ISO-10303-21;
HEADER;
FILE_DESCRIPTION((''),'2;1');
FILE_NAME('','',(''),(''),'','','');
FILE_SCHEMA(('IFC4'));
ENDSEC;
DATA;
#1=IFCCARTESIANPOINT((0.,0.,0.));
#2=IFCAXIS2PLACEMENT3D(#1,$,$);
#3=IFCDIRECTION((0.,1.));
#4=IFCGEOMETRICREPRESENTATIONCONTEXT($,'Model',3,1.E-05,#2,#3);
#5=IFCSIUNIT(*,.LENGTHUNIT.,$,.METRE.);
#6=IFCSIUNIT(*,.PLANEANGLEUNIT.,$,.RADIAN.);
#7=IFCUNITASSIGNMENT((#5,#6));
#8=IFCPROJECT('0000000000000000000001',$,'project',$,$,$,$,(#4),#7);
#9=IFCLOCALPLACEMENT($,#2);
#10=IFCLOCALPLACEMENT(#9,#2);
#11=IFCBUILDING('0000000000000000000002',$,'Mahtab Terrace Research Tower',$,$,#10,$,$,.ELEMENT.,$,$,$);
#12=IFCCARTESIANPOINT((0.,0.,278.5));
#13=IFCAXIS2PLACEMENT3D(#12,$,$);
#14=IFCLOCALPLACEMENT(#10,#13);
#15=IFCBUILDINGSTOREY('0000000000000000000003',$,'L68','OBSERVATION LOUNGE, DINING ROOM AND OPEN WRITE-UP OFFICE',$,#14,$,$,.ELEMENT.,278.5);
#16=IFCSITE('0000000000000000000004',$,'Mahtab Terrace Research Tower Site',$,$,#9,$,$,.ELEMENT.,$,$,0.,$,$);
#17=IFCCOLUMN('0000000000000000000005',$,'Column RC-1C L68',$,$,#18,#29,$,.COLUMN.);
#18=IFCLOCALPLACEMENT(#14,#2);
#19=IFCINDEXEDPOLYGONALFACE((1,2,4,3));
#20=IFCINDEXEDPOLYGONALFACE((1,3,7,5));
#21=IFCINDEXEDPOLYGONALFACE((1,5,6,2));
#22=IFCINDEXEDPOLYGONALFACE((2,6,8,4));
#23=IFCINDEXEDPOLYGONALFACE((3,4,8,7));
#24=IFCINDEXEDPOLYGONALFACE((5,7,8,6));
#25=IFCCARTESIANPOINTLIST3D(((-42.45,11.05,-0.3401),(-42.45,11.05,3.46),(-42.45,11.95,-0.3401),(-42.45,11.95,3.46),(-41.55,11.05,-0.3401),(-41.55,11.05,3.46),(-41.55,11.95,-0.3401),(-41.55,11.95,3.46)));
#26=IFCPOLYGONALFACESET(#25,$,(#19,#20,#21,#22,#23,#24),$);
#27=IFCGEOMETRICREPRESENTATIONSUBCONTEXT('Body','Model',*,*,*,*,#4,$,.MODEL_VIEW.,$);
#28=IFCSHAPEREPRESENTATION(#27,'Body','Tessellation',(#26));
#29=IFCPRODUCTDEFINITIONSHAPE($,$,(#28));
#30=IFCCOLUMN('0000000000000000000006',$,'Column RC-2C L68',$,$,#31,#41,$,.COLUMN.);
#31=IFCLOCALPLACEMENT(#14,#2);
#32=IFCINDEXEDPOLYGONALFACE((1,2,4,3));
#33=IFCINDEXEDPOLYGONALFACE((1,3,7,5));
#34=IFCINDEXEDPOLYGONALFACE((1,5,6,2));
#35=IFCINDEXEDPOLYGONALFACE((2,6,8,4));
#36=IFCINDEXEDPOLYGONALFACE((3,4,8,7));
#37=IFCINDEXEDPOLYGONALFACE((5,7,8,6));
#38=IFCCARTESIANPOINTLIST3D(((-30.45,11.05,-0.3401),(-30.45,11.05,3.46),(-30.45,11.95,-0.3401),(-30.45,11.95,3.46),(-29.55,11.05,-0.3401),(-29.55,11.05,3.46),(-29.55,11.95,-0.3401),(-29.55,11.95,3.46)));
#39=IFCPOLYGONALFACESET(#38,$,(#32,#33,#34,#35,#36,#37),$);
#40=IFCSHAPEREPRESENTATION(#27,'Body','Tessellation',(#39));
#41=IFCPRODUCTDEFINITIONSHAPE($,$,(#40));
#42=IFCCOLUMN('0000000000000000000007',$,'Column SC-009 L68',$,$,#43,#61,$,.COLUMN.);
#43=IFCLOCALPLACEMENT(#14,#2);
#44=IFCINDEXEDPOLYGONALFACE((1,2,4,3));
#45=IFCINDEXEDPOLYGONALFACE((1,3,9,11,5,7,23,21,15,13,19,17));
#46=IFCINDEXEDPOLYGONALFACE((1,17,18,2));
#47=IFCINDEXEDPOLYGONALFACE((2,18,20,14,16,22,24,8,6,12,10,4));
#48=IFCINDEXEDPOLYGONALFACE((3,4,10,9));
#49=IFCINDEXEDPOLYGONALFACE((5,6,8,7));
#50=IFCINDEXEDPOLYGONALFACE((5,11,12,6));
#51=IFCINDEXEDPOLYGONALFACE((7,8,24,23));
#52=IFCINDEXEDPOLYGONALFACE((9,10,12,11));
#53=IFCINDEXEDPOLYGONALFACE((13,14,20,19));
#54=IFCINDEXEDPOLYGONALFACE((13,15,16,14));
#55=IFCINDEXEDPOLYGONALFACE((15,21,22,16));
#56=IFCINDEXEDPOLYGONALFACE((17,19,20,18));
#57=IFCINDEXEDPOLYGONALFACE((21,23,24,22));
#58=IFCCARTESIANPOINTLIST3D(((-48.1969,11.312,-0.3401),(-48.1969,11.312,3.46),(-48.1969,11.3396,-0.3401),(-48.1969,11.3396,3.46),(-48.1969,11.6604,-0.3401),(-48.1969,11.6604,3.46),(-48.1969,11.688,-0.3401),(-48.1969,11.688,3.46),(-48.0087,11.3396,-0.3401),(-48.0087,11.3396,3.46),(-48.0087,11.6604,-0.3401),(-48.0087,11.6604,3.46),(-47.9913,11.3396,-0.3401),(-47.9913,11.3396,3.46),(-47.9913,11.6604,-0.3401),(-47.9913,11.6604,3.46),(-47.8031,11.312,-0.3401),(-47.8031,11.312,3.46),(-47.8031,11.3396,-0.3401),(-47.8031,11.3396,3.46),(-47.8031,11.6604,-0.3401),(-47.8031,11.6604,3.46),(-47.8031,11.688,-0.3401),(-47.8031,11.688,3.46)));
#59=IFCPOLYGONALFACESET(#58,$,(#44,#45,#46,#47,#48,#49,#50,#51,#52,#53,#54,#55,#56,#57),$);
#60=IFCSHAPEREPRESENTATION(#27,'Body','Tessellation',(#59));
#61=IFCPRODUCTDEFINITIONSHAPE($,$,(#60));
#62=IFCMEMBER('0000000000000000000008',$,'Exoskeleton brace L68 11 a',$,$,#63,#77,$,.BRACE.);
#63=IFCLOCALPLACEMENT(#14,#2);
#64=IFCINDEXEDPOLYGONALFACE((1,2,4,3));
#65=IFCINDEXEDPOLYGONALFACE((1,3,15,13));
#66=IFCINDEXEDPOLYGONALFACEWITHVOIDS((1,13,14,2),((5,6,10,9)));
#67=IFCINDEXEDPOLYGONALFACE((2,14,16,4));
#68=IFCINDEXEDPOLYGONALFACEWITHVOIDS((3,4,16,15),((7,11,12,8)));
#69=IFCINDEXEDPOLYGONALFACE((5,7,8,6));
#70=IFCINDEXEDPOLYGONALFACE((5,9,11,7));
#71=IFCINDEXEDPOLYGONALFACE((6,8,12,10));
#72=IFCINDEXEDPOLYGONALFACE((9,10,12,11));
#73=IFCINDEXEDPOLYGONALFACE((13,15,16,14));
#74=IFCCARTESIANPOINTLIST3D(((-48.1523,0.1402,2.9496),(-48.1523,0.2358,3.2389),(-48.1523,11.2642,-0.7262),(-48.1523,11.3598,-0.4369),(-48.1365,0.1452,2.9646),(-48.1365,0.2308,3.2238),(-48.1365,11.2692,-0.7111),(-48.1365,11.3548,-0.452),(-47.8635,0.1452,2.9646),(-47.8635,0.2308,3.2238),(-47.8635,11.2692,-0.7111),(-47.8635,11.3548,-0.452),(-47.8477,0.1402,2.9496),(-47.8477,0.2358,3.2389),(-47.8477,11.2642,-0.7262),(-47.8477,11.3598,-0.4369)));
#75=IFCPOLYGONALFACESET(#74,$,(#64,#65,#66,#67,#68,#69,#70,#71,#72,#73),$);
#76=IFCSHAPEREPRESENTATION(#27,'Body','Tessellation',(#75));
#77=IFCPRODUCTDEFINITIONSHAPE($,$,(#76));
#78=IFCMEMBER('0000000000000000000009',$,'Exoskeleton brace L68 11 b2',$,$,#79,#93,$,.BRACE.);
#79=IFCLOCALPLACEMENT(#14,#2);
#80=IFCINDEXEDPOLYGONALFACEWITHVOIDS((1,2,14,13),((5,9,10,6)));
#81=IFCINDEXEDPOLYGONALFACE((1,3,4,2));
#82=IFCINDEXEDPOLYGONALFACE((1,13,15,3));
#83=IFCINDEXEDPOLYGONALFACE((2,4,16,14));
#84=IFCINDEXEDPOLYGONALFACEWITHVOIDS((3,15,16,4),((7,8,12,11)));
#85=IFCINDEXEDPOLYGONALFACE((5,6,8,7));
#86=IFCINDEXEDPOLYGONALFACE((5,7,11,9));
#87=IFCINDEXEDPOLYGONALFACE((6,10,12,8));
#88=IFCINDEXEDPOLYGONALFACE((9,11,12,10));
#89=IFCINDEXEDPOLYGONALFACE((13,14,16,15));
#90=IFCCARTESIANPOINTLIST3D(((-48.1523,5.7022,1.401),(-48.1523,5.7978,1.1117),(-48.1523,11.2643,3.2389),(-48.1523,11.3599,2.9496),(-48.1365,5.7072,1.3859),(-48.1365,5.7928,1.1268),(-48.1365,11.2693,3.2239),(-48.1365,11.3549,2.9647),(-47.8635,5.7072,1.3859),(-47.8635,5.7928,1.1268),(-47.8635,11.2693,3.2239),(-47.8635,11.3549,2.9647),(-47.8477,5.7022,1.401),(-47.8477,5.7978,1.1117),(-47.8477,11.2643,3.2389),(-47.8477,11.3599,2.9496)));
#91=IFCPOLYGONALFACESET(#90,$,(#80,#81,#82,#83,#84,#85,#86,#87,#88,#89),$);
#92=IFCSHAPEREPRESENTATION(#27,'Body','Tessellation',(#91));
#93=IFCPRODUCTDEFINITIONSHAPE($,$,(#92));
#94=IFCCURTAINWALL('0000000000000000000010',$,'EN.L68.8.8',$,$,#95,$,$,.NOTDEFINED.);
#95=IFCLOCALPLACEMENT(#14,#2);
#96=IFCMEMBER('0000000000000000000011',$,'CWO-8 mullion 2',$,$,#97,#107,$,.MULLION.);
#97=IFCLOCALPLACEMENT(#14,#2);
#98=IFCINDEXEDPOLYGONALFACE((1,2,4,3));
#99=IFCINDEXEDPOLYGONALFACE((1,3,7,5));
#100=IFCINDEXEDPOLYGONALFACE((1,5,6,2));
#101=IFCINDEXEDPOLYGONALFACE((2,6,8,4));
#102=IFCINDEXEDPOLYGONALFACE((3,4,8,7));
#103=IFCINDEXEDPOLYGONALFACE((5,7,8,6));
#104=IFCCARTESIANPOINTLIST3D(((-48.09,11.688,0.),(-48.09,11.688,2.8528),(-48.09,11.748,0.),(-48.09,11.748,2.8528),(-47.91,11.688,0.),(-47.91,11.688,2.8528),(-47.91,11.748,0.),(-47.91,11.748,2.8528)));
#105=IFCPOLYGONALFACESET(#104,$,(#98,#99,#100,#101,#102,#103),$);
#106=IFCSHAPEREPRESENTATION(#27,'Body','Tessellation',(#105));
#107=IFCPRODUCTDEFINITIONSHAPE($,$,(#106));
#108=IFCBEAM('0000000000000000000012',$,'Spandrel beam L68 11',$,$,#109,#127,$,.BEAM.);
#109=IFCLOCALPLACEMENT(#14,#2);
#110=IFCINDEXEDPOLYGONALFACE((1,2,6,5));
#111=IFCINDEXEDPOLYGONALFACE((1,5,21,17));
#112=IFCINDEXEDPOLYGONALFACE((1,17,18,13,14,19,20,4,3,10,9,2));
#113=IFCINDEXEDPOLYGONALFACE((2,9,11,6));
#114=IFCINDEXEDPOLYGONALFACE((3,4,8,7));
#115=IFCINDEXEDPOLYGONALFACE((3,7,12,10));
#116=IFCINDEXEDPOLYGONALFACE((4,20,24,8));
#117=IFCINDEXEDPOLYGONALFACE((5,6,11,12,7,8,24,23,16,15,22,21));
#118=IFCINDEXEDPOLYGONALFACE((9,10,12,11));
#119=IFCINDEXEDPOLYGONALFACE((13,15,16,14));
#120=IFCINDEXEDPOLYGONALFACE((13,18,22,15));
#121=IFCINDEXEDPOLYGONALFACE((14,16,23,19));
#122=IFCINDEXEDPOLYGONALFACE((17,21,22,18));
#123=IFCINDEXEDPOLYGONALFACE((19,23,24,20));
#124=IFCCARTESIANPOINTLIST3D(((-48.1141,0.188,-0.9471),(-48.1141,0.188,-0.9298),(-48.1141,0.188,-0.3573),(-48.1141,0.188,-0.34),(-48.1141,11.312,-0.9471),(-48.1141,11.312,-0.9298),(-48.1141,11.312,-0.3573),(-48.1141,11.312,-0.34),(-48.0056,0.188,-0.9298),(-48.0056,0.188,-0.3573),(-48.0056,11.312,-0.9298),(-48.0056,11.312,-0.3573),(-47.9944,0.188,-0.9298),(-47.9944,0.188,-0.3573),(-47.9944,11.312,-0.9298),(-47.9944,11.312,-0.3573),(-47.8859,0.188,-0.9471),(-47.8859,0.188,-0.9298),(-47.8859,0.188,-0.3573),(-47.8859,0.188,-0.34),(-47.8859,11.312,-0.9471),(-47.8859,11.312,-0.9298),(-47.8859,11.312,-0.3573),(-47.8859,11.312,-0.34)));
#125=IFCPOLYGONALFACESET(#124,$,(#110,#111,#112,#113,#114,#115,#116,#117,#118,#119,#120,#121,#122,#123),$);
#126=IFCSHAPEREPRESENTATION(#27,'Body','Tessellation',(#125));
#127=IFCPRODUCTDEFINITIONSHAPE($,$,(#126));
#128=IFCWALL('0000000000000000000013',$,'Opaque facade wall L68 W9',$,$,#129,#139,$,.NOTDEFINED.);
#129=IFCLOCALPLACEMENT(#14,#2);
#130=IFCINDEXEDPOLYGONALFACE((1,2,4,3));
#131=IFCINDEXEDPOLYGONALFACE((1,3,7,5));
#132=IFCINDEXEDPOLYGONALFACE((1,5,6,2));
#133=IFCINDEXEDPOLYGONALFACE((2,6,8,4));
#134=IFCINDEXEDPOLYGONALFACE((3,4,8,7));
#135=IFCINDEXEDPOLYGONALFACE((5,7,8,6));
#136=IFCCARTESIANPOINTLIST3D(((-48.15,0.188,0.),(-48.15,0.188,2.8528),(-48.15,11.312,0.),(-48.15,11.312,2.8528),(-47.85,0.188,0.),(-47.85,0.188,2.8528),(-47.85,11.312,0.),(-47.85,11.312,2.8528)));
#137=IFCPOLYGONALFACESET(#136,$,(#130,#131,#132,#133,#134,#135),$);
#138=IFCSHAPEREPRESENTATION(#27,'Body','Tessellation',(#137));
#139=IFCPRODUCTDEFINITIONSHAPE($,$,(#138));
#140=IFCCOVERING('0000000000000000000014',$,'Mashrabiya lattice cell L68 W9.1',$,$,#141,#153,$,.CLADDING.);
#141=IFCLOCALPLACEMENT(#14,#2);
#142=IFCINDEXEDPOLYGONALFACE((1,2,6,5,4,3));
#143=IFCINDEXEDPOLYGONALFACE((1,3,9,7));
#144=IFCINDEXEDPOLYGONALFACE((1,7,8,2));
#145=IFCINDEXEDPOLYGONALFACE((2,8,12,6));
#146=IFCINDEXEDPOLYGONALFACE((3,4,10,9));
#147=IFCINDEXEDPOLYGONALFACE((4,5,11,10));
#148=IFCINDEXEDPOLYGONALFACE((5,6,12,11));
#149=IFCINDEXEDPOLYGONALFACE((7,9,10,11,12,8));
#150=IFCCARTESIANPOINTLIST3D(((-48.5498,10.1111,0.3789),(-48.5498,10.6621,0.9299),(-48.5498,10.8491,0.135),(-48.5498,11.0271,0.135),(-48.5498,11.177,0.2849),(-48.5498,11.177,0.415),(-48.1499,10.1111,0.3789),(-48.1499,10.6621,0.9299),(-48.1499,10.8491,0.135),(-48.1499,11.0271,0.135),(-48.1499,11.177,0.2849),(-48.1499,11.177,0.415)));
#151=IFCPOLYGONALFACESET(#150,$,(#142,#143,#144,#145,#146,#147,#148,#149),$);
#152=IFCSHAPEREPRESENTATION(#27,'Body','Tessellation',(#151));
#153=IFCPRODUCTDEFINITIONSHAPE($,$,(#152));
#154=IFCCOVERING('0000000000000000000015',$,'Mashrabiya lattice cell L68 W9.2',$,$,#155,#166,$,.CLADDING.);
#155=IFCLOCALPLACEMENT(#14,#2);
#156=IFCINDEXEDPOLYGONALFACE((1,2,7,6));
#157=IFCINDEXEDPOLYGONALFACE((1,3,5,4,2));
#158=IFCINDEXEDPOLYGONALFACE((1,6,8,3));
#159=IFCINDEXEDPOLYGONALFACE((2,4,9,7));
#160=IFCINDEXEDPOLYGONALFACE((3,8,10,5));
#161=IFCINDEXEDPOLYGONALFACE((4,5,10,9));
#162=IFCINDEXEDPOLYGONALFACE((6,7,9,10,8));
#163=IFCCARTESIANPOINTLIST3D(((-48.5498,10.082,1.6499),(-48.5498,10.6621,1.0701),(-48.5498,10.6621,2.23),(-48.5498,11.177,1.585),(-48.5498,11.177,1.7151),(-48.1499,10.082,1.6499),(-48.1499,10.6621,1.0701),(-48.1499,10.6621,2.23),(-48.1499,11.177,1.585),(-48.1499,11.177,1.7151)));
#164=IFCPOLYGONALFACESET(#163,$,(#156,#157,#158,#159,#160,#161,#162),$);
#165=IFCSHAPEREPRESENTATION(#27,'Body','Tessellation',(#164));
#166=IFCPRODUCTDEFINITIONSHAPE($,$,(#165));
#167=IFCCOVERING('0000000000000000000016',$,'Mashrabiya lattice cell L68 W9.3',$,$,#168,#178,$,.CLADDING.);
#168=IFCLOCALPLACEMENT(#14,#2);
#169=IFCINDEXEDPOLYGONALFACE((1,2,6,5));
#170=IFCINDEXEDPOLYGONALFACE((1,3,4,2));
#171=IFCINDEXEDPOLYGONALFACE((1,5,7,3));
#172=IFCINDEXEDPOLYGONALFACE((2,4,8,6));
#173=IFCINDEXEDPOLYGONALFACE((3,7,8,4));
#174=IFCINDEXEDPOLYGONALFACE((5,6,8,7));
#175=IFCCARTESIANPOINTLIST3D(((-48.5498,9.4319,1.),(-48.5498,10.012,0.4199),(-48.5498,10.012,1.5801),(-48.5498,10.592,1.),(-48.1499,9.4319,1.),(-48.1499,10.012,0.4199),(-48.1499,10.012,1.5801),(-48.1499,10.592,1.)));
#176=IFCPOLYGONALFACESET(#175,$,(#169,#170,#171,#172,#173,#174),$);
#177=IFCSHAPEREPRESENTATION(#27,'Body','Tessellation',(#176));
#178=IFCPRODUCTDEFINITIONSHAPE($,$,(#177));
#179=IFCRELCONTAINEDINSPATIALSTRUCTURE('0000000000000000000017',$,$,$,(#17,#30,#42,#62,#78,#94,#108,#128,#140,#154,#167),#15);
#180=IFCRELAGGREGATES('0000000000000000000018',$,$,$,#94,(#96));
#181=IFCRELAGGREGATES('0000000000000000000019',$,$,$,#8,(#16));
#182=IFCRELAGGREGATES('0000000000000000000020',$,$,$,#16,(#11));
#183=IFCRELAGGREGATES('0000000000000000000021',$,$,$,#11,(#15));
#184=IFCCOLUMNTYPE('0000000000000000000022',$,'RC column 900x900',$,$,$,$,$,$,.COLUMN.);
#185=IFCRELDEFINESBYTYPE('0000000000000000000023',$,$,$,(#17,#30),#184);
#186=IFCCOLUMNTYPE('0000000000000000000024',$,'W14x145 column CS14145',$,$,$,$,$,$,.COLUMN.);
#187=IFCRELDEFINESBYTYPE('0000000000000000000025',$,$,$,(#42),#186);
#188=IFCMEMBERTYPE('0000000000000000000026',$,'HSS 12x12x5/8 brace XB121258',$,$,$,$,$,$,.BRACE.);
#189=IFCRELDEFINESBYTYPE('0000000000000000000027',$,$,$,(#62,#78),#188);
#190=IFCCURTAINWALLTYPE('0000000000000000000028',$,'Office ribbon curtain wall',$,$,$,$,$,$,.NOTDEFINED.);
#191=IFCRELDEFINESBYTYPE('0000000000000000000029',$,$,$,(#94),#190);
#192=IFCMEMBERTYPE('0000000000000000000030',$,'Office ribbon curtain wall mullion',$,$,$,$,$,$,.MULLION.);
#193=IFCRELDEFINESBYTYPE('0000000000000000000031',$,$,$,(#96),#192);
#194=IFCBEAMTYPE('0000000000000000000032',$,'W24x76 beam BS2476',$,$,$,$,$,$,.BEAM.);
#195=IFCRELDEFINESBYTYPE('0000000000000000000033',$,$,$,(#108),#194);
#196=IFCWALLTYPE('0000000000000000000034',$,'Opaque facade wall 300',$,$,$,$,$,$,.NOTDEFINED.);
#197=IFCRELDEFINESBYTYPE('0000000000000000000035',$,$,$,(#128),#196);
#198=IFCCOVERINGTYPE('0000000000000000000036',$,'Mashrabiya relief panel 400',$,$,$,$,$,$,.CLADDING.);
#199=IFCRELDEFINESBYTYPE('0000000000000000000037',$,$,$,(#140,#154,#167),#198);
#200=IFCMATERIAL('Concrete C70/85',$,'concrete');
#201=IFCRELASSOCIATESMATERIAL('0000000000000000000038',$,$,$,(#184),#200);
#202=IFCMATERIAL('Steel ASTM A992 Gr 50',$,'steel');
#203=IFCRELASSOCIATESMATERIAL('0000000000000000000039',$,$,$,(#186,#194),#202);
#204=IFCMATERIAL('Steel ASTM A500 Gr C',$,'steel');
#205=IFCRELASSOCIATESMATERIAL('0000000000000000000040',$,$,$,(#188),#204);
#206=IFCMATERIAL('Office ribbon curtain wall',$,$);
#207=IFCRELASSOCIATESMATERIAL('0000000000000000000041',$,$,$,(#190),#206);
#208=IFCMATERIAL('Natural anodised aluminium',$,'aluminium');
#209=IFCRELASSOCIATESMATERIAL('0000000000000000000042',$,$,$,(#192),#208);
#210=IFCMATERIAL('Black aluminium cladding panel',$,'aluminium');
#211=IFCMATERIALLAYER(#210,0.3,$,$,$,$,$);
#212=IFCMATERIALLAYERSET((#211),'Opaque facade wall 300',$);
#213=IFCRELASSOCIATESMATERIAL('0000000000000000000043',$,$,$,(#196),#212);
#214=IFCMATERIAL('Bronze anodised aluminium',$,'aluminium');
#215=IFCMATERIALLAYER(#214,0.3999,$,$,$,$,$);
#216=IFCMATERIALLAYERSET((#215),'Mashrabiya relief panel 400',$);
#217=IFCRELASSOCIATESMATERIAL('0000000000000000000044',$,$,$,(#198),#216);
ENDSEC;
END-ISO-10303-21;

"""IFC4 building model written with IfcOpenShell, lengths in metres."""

from ifc_helpers import new_model, si_unit, direction, frame, frame_2d, origin, origin_2d, place, context, subcontext, project, spatial, polyline, rectangle, hollow_rectangle, i_section, outline, extrude, material, layer, layer_set, material_profile, profile_set, type_object, element, aggregate, save


model = new_model("IFC4")

# Units and contexts
model_context = context("Model", 3, precision=1e-05, world=origin(), true_north=direction((0.0, 1.0)))
body_context = subcontext(model_context, "Body", "Model", "MODEL_VIEW")
ifc_project = project(units=[si_unit("LENGTHUNIT", "METRE"), si_unit("PLANEANGLEUNIT", "RADIAN")], contexts=[model_context])

# Site, building, storey
site_placement = place(None, origin())
site = spatial("IfcSite", under=ifc_project, at=site_placement, Name="Mahtab Terrace Research Tower Site", CompositionType="ELEMENT", RefElevation=0.0)
building_placement = place(site_placement, origin())
building = spatial("IfcBuilding", under=site, at=building_placement, Name="Mahtab Terrace Research Tower", CompositionType="ELEMENT")
storey_placement = place(building_placement, frame((0.0, 0.0, 278.5)))
storey = spatial("IfcBuildingStorey", under=building, at=storey_placement, Name="L68", Description="OBSERVATION LOUNGE, DINING ROOM AND OPEN WRITE-UP OFFICE", CompositionType="ELEMENT", Elevation=278.5)

# Columns
ifc_material_1 = material(Name="Concrete C70/85", Category="concrete")
ifc_material_profile_1 = material_profile(ifc_material_1, rectangle(XDim=0.8999, YDim=0.8999, at=origin_2d()), Name="RC column 900x900")
ifc_profile_set_1 = profile_set([ifc_material_profile_1], Name="Concrete C70/85")
column_type_1 = type_object("IfcColumnType", Name="RC column 900x900", PredefinedType="COLUMN", material=ifc_profile_set_1)
for number, where, z_axis, x_axis, name in (
    (1, (-42.0, 11.5, -0.3401), (0.0, 0.0, 1.0), (1.0, 0.0, 0.0), "Column RC-1C L68"),
    (2, (-30.0, 11.5, -0.3401), (0.0, 0.0, 1.0), (1.0, 0.0, 0.0), "Column RC-2C L68"),
):
    element("IfcColumn", number, at=place(storey_placement, frame(where, z_axis=z_axis, x_axis=x_axis)), inside=storey, type_object=column_type_1, Name=name, PredefinedType="COLUMN", context=body_context, shape_type="SweptSolid", body=[
        extrude(rectangle(XDim=0.8999, YDim=0.8999, at=origin_2d()), origin(), (0.0, 0.0, 1.0), 3.8),
    ])
ifc_material_2 = material(Name="Steel ASTM A992 Gr 50", Category="steel")
ifc_material_profile_2 = material_profile(ifc_material_2, i_section(OverallWidth=0.3938, OverallDepth=0.376, WebThickness=0.0173, FlangeThickness=0.0276, at=origin_2d()), Name="W14X145")
ifc_profile_set_2 = profile_set([ifc_material_profile_2], Name="Steel ASTM A992 Gr 50")
column_type_2 = type_object("IfcColumnType", Name="W14x145 column CS14145", PredefinedType="COLUMN", material=ifc_profile_set_2)
column_placement = place(storey_placement, frame((-48.0, 11.5, -0.3401), z_axis=(0.0, 0.0, 1.0), x_axis=(1.0, 0.0, 0.0)))
element("IfcColumn", 3, at=column_placement, inside=storey, type_object=column_type_2, Name="Column SC-009 L68", PredefinedType="COLUMN", context=body_context, shape_type="SweptSolid", body=[
    extrude(i_section(OverallWidth=0.3938, OverallDepth=0.376, WebThickness=0.0173, FlangeThickness=0.0276, at=origin_2d()), origin(), (0.0, 0.0, 1.0), 3.8),
])

# Members
ifc_material_3 = material(Name="Steel ASTM A500 Gr C", Category="steel")
ifc_material_profile_3 = material_profile(ifc_material_3, hollow_rectangle(XDim=0.3047, YDim=0.3047, WallThickness=0.0159, at=origin_2d()), Name="HSS12X12X5/8")
ifc_profile_set_3 = profile_set([ifc_material_profile_3], Name="Steel ASTM A500 Gr C")
member_type_1 = type_object("IfcMemberType", Name="HSS 12x12x5/8 brace XB121258", PredefinedType="BRACE", material=ifc_profile_set_3)
member_1_placement = place(storey_placement, frame((-48.0, 11.312, -0.5815), z_axis=(0.0, -0.949505, 0.313751), x_axis=(1.0, 0.0, 0.0)))
element("IfcMember", 4, at=member_1_placement, inside=storey, type_object=member_type_1, Name="Exoskeleton brace L68 11 a", PredefinedType="BRACE", context=body_context, shape_type="SweptSolid", body=[
    extrude(hollow_rectangle(XDim=0.3047, YDim=0.3047, WallThickness=0.0159, at=origin_2d()), origin(), (0.0, 0.0, 1.0), 11.7156),
])
member_2_placement = place(storey_placement, frame((-48.0, 5.75, 1.2563), z_axis=(0.0, 0.949505, 0.313751), x_axis=(-1.0, 0.0, 0.0)))
element("IfcMember", 5, at=member_2_placement, inside=storey, type_object=member_type_1, Name="Exoskeleton brace L68 11 b2", PredefinedType="BRACE", context=body_context, shape_type="SweptSolid", body=[
    extrude(hollow_rectangle(XDim=0.3047, YDim=0.3047, WallThickness=0.0159, at=origin_2d()), origin(), (0.0, 0.0, 1.0), 5.8579),
])

# Curtain wall, member
ifc_material_4 = material(Name="Office ribbon curtain wall")
curtain_wall_type = type_object("IfcCurtainWallType", Name="Office ribbon curtain wall", PredefinedType="NOTDEFINED", material=ifc_material_4)
curtain_wall_placement = place(storey_placement, origin())
curtain_wall = element("IfcCurtainWall", 6, at=curtain_wall_placement, inside=storey, type_object=curtain_wall_type, Name="EN.L68.8.8", PredefinedType="NOTDEFINED")
ifc_material_5 = material(Name="Natural anodised aluminium", Category="aluminium")
ifc_material_profile_4 = material_profile(ifc_material_5, rectangle(XDim=0.1799, YDim=0.0601, at=origin_2d()), Name="MULLION 60x180")
ifc_profile_set_4 = profile_set([ifc_material_profile_4], Name="Natural anodised aluminium")
member_type_2 = type_object("IfcMemberType", Name="Office ribbon curtain wall mullion", PredefinedType="MULLION", material=ifc_profile_set_4)
member_3_placement = place(storey_placement, frame((-48.0, 11.718, 0.0), z_axis=(0.0, 0.0, 1.0), x_axis=(1.0, 0.0, 0.0)))
member_3 = element("IfcMember", 7, at=member_3_placement, type_object=member_type_2, Name="CWO-8 mullion 2", PredefinedType="MULLION", context=body_context, shape_type="SweptSolid", body=[
    extrude(rectangle(XDim=0.1799, YDim=0.0601, at=origin_2d()), origin(), (0.0, 0.0, 1.0), 2.8528),
])
aggregate(curtain_wall, [member_3])

# Beam
ifc_material_profile_5 = material_profile(ifc_material_2, i_section(OverallWidth=0.2283, OverallDepth=0.6072, WebThickness=0.0112, FlangeThickness=0.0173, at=origin_2d()), Name="W24X76")
ifc_profile_set_5 = profile_set([ifc_material_profile_5], Name="Steel ASTM A992 Gr 50")
beam_type = type_object("IfcBeamType", Name="W24x76 beam BS2476", PredefinedType="BEAM", material=ifc_profile_set_5)
beam_placement = place(storey_placement, frame((-48.0, 11.312, -0.6436), z_axis=(0.0, -1.0, 0.0), x_axis=(1.0, 0.0, 0.0)))
element("IfcBeam", 8, at=beam_placement, inside=storey, type_object=beam_type, Name="Spandrel beam L68 11", PredefinedType="BEAM", context=body_context, shape_type="SweptSolid", body=[
    extrude(i_section(OverallWidth=0.2283, OverallDepth=0.6072, WebThickness=0.0112, FlangeThickness=0.0173, at=origin_2d()), origin(), (0.0, 0.0, 1.0), 11.124),
])

# Wall
ifc_material_6 = material(Name="Black aluminium cladding panel", Category="aluminium")
ifc_layer_1 = layer(ifc_material_6, 0.3)
ifc_layer_set_1 = layer_set([ifc_layer_1], Name="Opaque facade wall 300")
wall_type = type_object("IfcWallType", Name="Opaque facade wall 300", PredefinedType="NOTDEFINED", material=ifc_layer_set_1)
wall_placement = place(storey_placement, frame((-48.0, 11.312, 0.0), z_axis=(0.0, 0.0, 1.0), x_axis=(0.0, -1.0, 0.0)))
element("IfcWall", 9, at=wall_placement, inside=storey, type_object=wall_type, Name="Opaque facade wall L68 W9", PredefinedType="NOTDEFINED", context=body_context, shape_type="SweptSolid", body=[
    extrude(rectangle(XDim=11.124, YDim=0.3, at=frame_2d((5.562, 0.0))), origin(), (0.0, 0.0, 1.0), 2.8528),
])

# Coverings
ifc_material_7 = material(Name="Bronze anodised aluminium", Category="aluminium")
ifc_layer_2 = layer(ifc_material_7, 0.3999)
ifc_layer_set_2 = layer_set([ifc_layer_2], Name="Mashrabiya relief panel 400")
covering_type_1 = type_object("IfcCoveringType", Name="Mashrabiya relief panel 400", PredefinedType="CLADDING", material=ifc_layer_set_2)
covering_1_placement = place(storey_placement, frame((-48.1499, 11.177, 0.2849), z_axis=(1.0, 0.0, 0.0), x_axis=(0.0, 0.0, 1.0)))
element("IfcCovering", 10, at=covering_1_placement, inside=storey, type_object=covering_type_1, Name="Mashrabiya lattice cell L68 W9.1", PredefinedType="CLADDING", context=body_context, shape_type="SweptSolid", body=[
    extrude(outline(polyline([(0.0, 0.0), (0.1301, 0.0), (0.645, 0.5149), (0.094, 1.0659), (-0.1499, 0.3279), (-0.1499, 0.1499), (0.0, 0.0)])), origin(), (0.0, 0.0, -1.0), 0.3999),
])
covering_2_placement = place(storey_placement, frame((-48.1499, 10.6621, 2.23), z_axis=(1.0, 0.0, 0.0), x_axis=(0.0, -0.707107, -0.707107)))
element("IfcCovering", 11, at=covering_2_placement, inside=storey, type_object=covering_type_1, Name="Mashrabiya lattice cell L68 W9.2", PredefinedType="CLADDING", context=body_context, shape_type="SweptSolid", body=[
    extrude(outline(polyline([(0.0, 0.0), (0.8204, 0.0), (0.8202, 0.8202), (0.092, 0.8202), (0.0, 0.7282), (0.0, 0.0)])), origin(), (0.0, 0.0, -1.0), 0.3999),
])
covering_3_placement = place(storey_placement, frame((-48.1499, 10.012, 1.5801), z_axis=(1.0, 0.0, 0.0), x_axis=(0.0, -0.707107, -0.707107)))
element("IfcCovering", 12, at=covering_3_placement, inside=storey, type_object=covering_type_1, Name="Mashrabiya lattice cell L68 W9.3", PredefinedType="CLADDING", context=body_context, shape_type="SweptSolid", body=[
    extrude(outline(polyline([(0.0, 0.0), (0.8204, 0.0), (0.8204, 0.8204), (0.0, 0.8204), (0.0, 0.0)])), origin(), (0.0, 0.0, -1.0), 0.3999),
])

save(model, "model.ifc")
